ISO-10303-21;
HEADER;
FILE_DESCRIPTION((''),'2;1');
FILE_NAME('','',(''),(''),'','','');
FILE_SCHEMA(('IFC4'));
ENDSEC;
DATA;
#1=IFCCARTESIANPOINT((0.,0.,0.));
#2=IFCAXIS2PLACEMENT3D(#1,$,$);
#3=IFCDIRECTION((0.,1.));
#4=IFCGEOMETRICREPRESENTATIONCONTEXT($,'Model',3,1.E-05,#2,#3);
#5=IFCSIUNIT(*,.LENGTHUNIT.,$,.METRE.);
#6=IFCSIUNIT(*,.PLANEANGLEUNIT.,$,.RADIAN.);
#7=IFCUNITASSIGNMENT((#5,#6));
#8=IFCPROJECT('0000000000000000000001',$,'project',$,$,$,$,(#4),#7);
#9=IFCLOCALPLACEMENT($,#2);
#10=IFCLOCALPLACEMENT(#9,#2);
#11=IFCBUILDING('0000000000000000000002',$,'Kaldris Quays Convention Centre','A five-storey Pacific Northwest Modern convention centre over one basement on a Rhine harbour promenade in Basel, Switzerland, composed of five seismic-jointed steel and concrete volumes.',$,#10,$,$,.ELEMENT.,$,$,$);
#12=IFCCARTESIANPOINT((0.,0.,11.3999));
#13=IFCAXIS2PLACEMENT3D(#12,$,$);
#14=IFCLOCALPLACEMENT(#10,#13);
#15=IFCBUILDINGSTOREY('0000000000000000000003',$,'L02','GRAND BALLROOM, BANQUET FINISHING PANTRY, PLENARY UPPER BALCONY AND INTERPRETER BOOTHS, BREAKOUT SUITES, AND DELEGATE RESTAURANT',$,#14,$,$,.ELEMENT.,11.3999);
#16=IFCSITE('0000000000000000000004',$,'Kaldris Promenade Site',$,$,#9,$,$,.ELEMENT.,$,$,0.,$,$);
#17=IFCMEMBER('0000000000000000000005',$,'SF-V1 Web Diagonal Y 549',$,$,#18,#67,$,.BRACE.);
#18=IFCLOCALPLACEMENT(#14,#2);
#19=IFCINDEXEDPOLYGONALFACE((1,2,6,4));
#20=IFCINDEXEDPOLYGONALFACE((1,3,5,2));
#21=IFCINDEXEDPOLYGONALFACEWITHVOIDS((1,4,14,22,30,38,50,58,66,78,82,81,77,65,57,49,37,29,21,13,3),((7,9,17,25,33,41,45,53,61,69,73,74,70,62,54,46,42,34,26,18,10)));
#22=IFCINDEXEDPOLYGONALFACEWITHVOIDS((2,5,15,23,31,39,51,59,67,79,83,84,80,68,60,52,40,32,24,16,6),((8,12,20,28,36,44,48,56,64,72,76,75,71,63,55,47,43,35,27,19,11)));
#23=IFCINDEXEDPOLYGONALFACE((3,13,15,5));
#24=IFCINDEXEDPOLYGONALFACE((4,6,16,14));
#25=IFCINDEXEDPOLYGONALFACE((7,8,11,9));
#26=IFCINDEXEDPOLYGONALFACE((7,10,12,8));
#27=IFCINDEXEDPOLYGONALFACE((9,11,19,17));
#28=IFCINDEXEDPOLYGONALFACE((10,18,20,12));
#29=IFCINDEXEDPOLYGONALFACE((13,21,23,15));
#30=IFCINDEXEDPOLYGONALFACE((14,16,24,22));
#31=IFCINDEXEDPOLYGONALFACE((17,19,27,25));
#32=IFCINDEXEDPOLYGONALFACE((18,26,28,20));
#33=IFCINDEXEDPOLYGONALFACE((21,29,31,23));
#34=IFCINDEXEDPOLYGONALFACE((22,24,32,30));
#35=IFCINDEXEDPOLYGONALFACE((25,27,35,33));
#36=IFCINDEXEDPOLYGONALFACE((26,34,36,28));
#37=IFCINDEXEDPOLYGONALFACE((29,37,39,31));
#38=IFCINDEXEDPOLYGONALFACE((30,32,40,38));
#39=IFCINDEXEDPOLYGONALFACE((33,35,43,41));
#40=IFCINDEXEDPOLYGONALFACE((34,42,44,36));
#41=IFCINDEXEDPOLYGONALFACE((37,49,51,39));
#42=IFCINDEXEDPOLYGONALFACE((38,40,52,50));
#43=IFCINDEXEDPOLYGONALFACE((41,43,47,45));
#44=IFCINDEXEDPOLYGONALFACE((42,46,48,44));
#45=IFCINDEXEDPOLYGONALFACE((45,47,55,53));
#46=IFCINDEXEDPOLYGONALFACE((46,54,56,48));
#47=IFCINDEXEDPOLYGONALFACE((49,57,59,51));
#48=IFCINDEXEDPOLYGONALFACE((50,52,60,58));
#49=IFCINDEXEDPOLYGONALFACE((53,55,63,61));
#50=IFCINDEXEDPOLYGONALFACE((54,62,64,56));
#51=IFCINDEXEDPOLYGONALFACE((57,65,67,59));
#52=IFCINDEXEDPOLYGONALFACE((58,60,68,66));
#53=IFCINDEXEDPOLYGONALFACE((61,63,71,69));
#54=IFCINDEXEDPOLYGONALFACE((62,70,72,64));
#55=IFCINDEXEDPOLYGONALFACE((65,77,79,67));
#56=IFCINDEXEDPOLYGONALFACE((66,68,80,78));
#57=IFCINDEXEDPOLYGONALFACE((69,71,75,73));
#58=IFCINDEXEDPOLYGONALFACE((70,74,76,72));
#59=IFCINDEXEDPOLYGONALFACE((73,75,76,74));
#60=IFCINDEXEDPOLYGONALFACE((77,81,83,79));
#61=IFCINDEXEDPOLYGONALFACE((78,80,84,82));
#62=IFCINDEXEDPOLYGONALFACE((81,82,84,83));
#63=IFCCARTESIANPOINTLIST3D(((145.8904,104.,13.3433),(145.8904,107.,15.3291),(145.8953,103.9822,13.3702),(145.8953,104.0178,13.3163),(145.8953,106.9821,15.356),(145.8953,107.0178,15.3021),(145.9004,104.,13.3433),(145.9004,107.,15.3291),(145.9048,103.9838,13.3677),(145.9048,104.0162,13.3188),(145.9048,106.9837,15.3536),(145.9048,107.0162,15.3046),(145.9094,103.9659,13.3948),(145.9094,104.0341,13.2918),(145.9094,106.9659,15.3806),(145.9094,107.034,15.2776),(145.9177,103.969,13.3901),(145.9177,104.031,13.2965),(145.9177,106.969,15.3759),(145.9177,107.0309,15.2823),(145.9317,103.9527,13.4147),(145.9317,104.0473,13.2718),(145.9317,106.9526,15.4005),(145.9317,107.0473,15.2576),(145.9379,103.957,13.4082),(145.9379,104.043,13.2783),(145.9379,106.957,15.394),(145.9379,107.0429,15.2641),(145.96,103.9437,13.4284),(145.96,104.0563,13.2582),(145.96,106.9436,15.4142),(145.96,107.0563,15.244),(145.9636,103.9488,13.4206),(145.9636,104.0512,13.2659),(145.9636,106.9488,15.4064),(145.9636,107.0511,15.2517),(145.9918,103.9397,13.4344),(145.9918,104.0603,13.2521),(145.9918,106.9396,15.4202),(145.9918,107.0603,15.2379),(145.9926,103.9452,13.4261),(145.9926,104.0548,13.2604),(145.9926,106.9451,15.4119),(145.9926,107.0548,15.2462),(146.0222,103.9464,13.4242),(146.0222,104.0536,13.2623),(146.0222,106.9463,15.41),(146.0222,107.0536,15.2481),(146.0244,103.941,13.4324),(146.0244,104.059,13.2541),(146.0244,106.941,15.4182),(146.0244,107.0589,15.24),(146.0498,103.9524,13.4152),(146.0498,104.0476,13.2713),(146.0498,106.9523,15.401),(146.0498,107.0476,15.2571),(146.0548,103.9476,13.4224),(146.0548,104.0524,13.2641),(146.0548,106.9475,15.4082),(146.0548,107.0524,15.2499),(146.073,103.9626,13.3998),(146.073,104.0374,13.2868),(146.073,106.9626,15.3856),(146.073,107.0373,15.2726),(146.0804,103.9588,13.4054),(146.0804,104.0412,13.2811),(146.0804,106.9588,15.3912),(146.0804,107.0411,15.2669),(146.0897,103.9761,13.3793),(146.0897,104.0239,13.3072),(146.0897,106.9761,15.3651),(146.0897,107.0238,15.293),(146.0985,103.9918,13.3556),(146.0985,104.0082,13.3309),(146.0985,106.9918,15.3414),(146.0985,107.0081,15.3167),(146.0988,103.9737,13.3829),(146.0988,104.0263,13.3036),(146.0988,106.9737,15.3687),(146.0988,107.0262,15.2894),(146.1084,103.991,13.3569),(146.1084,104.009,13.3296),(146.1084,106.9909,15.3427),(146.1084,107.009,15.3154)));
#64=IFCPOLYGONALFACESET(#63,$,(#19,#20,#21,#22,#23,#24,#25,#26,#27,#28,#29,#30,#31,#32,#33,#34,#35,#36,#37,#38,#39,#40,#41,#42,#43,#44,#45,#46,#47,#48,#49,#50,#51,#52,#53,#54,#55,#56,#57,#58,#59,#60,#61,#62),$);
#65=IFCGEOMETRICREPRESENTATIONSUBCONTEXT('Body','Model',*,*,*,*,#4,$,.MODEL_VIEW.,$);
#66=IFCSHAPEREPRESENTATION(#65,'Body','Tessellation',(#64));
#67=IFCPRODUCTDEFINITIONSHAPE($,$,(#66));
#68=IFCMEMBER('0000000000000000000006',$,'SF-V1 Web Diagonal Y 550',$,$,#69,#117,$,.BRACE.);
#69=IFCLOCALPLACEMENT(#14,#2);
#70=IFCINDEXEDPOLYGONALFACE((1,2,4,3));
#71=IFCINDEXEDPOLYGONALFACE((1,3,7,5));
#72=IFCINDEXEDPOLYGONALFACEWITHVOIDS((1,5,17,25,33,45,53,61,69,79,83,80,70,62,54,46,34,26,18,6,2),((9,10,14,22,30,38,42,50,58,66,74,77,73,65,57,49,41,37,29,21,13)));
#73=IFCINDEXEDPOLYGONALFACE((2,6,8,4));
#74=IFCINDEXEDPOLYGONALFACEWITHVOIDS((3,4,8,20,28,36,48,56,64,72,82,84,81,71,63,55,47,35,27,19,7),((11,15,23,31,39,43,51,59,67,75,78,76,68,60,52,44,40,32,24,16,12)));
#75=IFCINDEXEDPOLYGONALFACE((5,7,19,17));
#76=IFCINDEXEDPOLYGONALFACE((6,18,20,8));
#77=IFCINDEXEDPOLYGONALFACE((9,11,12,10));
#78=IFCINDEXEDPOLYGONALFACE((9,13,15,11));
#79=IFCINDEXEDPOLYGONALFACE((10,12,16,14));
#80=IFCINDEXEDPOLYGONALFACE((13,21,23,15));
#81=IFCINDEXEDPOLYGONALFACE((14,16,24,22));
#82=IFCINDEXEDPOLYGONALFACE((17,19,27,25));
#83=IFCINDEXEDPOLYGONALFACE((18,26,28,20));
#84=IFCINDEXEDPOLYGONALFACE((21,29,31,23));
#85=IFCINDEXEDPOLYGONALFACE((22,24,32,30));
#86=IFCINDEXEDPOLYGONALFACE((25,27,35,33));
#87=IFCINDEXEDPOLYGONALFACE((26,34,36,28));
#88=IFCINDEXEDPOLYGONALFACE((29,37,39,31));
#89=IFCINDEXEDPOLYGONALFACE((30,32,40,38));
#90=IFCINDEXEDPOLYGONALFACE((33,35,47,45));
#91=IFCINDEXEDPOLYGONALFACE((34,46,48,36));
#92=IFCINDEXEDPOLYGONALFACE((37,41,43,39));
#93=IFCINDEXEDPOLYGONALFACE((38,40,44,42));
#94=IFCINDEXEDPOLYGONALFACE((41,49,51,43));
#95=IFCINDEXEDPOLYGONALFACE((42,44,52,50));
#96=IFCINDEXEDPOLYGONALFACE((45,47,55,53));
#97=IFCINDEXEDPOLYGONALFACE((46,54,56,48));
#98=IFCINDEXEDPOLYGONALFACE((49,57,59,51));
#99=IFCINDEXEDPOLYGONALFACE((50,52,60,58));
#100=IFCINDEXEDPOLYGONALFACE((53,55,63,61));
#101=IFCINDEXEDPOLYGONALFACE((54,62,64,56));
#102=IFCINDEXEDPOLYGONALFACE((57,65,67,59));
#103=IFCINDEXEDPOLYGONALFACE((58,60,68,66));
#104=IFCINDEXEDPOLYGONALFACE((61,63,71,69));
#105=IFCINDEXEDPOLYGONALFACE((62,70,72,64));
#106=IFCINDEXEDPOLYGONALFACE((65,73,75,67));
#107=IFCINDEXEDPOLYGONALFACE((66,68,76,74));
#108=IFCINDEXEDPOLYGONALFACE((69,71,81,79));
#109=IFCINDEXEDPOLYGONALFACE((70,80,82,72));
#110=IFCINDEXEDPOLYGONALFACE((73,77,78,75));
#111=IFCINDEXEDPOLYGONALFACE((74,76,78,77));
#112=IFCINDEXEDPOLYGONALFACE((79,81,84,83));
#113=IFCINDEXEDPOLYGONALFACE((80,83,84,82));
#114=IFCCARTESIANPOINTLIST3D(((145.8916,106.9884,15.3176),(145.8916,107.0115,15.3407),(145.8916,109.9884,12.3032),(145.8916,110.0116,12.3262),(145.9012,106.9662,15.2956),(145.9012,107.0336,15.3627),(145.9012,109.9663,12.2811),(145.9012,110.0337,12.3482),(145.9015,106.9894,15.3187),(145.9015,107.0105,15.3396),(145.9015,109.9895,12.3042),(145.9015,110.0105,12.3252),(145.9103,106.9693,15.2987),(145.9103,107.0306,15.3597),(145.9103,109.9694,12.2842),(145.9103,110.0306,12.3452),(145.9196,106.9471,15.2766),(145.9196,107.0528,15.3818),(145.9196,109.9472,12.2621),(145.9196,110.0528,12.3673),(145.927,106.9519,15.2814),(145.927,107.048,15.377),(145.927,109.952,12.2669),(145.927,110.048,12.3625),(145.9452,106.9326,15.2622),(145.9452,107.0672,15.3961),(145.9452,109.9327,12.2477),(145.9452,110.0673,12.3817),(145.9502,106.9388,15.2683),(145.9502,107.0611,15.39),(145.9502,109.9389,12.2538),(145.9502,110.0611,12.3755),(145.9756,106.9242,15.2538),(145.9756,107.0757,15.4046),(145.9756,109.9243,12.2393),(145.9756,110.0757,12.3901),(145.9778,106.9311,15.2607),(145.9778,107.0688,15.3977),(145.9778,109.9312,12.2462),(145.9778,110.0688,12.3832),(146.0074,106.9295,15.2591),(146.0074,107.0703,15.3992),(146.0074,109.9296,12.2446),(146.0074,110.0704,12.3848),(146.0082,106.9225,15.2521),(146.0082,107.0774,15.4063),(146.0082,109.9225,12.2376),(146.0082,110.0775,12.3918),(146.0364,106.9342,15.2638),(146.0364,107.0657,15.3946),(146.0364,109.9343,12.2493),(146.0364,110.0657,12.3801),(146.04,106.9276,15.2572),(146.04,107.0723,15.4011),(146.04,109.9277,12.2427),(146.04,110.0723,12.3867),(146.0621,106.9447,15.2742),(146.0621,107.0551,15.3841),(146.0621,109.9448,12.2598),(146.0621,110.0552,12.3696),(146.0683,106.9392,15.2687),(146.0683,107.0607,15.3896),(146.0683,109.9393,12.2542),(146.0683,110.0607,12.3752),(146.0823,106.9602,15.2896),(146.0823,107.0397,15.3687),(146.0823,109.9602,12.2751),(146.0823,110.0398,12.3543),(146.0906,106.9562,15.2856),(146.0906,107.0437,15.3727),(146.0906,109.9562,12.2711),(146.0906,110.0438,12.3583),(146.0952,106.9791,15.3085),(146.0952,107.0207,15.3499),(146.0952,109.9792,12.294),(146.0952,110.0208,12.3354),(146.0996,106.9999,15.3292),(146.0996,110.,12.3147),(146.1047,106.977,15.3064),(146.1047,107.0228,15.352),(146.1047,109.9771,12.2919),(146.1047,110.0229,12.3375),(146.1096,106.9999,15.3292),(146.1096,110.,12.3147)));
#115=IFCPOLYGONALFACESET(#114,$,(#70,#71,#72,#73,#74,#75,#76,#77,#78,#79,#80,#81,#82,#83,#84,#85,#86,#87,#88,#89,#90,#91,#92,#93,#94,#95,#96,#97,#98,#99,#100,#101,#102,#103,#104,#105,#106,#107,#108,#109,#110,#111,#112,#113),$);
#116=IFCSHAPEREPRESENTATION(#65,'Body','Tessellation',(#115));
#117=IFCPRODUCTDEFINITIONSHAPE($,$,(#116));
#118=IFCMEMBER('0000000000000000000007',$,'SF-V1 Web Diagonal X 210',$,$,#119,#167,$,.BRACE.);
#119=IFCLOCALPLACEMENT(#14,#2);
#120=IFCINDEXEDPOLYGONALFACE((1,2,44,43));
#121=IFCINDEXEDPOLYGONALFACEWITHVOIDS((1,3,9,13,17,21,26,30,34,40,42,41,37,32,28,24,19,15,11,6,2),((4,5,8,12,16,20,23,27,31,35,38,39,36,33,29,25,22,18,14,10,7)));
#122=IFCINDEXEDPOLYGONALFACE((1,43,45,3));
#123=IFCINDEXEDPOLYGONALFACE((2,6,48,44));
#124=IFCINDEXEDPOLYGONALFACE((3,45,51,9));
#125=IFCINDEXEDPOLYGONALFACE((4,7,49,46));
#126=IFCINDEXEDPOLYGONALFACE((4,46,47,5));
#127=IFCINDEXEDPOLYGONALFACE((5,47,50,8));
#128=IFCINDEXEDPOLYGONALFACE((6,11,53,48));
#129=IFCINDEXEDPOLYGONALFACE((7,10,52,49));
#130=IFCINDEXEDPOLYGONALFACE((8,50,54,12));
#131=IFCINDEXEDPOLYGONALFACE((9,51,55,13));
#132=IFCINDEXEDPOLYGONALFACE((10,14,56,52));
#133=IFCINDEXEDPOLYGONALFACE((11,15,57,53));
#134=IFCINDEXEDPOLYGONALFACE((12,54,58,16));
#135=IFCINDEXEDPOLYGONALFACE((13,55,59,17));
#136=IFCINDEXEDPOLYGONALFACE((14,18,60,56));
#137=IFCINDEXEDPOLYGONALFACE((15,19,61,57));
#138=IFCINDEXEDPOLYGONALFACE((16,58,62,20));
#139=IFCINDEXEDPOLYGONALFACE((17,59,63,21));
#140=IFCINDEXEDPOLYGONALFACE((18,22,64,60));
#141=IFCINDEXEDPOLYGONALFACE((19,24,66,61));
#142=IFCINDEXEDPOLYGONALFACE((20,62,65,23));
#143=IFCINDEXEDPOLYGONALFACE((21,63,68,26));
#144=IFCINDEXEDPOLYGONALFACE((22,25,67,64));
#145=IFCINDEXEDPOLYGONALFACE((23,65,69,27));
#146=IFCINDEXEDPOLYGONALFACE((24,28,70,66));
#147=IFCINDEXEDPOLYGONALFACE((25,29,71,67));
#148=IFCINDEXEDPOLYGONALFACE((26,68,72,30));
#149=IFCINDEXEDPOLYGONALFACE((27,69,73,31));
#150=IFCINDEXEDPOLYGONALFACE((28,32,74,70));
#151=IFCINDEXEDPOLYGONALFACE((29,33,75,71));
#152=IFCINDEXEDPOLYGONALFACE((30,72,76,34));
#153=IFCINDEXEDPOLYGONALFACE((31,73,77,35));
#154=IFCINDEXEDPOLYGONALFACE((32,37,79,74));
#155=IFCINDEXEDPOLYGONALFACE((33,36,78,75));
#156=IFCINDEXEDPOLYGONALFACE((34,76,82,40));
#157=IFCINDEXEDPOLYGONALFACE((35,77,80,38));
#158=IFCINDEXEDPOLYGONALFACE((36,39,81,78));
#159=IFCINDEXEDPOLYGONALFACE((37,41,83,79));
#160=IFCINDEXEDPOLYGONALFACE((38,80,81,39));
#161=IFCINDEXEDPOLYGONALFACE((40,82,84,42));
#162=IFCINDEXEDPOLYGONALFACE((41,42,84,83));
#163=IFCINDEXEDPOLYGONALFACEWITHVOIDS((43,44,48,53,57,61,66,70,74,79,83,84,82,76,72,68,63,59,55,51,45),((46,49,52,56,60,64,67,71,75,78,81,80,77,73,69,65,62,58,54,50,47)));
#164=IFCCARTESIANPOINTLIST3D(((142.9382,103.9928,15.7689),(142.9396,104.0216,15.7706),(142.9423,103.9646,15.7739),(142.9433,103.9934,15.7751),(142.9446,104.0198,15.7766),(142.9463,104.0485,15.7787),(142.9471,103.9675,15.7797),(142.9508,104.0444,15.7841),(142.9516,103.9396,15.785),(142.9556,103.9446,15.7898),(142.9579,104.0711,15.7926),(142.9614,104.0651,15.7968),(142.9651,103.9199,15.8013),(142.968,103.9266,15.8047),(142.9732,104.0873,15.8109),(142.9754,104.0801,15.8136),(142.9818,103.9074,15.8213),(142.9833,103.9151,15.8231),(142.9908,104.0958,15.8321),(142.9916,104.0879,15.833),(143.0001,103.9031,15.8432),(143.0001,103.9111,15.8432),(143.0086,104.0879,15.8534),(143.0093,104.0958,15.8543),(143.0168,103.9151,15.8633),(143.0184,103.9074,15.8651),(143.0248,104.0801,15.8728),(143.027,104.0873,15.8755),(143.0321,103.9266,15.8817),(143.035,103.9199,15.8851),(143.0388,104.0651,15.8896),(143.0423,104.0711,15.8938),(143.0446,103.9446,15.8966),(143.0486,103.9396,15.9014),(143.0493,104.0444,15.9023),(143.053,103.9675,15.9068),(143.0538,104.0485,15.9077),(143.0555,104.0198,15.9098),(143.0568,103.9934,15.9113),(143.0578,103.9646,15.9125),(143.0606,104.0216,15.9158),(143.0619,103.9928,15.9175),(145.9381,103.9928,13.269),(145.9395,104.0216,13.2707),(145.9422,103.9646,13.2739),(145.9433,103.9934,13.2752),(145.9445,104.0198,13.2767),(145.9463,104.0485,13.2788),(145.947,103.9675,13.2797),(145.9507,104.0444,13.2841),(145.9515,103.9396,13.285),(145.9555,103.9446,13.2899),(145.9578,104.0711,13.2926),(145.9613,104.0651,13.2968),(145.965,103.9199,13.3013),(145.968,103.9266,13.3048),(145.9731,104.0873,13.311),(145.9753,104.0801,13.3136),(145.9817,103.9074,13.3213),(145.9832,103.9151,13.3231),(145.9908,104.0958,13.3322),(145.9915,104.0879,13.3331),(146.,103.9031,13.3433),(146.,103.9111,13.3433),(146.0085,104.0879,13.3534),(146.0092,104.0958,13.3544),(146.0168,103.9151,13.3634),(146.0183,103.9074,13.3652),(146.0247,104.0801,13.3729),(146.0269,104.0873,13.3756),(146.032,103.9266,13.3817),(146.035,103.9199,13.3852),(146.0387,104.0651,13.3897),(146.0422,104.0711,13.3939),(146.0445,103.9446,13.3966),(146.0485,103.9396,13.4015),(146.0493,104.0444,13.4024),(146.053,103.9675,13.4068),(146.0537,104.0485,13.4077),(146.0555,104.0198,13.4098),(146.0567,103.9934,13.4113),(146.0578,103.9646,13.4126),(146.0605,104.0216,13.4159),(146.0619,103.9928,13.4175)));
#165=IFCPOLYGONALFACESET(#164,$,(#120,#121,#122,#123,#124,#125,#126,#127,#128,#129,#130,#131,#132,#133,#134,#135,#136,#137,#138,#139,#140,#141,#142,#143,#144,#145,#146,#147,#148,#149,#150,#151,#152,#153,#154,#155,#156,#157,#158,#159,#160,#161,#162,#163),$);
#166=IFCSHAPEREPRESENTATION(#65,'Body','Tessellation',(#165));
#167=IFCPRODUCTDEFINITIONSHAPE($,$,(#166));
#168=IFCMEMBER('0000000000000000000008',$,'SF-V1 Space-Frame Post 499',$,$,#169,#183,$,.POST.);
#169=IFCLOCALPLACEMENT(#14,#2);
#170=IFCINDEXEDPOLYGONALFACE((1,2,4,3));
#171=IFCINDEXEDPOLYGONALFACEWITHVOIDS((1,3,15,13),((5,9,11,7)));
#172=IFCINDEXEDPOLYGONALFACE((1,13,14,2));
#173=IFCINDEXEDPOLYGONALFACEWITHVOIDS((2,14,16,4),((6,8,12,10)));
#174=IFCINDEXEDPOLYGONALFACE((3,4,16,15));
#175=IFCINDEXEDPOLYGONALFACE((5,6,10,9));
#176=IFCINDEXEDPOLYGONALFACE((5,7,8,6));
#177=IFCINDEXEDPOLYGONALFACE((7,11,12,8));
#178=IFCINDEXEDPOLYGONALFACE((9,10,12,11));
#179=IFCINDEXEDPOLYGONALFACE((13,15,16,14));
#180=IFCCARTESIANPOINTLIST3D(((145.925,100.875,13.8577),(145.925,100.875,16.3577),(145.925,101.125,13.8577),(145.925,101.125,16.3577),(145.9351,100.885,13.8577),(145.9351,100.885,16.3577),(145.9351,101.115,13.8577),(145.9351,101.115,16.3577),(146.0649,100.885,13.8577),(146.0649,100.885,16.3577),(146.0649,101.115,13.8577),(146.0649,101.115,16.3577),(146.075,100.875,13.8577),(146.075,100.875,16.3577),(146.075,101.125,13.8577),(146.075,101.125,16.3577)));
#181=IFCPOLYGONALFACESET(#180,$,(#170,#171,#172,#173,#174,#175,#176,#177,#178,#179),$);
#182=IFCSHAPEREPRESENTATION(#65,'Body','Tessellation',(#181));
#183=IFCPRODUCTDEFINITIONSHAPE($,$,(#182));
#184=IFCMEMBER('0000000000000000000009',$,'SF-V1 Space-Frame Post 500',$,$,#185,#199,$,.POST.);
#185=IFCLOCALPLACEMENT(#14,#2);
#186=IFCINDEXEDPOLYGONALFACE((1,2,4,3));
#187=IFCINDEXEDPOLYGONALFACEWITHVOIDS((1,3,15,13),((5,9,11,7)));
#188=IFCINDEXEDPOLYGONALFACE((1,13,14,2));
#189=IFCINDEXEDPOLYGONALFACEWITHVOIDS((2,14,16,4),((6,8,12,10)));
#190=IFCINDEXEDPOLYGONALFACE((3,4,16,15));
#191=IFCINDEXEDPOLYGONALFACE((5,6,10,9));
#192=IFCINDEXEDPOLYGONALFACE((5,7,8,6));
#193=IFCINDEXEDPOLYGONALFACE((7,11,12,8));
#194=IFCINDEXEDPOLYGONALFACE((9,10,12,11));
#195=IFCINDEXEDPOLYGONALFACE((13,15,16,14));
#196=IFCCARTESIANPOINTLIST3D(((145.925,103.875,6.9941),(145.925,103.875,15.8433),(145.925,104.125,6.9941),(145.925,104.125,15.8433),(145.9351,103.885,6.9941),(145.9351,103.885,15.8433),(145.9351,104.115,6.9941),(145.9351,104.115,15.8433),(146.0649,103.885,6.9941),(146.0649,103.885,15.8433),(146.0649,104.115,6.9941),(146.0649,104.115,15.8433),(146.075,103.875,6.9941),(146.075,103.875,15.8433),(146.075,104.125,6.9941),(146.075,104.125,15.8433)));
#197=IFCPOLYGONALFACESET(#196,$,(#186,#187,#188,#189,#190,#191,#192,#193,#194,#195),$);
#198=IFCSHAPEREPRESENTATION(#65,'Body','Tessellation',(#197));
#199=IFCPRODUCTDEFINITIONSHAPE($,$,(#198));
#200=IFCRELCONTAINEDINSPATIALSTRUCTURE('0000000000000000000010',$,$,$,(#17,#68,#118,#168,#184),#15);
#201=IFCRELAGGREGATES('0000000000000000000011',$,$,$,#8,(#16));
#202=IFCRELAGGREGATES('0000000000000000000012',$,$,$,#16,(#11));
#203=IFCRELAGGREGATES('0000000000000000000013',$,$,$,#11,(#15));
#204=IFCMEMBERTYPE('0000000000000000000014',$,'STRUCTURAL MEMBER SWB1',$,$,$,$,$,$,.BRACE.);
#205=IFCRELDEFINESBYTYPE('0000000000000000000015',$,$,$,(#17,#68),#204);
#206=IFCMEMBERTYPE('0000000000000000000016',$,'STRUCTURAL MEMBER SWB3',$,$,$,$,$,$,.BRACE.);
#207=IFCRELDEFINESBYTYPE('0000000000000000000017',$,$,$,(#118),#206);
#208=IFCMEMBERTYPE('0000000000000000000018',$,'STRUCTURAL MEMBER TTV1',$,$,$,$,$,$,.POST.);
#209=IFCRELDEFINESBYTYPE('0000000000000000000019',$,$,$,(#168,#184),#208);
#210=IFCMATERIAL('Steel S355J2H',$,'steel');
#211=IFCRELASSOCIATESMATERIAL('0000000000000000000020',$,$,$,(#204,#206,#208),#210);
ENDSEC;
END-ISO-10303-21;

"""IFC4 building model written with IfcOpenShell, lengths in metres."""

from ifc_helpers import new_model, si_unit, direction, frame, origin, origin_2d, place, context, subcontext, project, spatial, hollow_rectangle, hollow_circle, extrude, material, material_profile, profile_set, type_object, element, save


model = new_model("IFC4")

# Units and contexts
model_context = context("Model", 3, precision=1e-05, world=origin(), true_north=direction((0.0, 1.0)))
body_context = subcontext(model_context, "Body", "Model", "MODEL_VIEW")
ifc_project = project(units=[si_unit("LENGTHUNIT", "METRE"), si_unit("PLANEANGLEUNIT", "RADIAN")], contexts=[model_context])

# Site, building, storey
site_placement = place(None, origin())
site = spatial("IfcSite", under=ifc_project, at=site_placement, Name="Kaldris Promenade Site", CompositionType="ELEMENT", RefElevation=0.0)
building_placement = place(site_placement, origin())
building = spatial("IfcBuilding", under=site, at=building_placement, Name="Kaldris Quays Convention Centre", Description="A five-storey Pacific Northwest Modern convention centre over one basement on a Rhine harbour promenade in Basel, Switzerland, composed of five seismic-jointed steel and concrete volumes.", CompositionType="ELEMENT")
storey_placement = place(building_placement, frame((0.0, 0.0, 11.3999)))
storey = spatial("IfcBuildingStorey", under=building, at=storey_placement, Name="L02", Description="GRAND BALLROOM, BANQUET FINISHING PANTRY, PLENARY UPPER BALCONY AND INTERPRETER BOOTHS, BREAKOUT SUITES, AND DELEGATE RESTAURANT", CompositionType="ELEMENT", Elevation=11.3999)

# Members
ifc_material_1 = material(Name="Steel S355J2H", Category="steel")
ifc_material_profile_1 = material_profile(ifc_material_1, hollow_circle(Radius=0.1096, WallThickness=0.01, at=origin_2d()), Name="CHS 219.1x10")
ifc_profile_set_1 = profile_set([ifc_material_profile_1], Name="Steel S355J2H")
member_type_1 = type_object("IfcMemberType", Name="STRUCTURAL MEMBER SWB1", PredefinedType="BRACE", material=ifc_profile_set_1)
member_1_placement = place(storey_placement, frame((146.0, 104.0, 13.3433), z_axis=(0.0, 0.833862, 0.551972), x_axis=(-1.0, 0.0, 0.0)))
element("IfcMember", 1, at=member_1_placement, inside=storey, type_object=member_type_1, Name="SF-V1 Web Diagonal Y 549", PredefinedType="BRACE", context=body_context, shape_type="SweptSolid", body=[
    extrude(hollow_circle(Radius=0.1096, WallThickness=0.01, at=origin_2d()), origin(), (0.0, 0.0, 1.0), 3.5977),
])
member_2_placement = place(storey_placement, frame((146.0, 110.0, 12.3147), z_axis=(0.0, -0.705411, 0.708798), x_axis=(1.0, 0.0, 0.0)))
element("IfcMember", 2, at=member_2_placement, inside=storey, type_object=member_type_1, Name="SF-V1 Web Diagonal Y 550", PredefinedType="BRACE", context=body_context, shape_type="SweptSolid", body=[
    extrude(hollow_circle(Radius=0.1096, WallThickness=0.01, at=origin_2d()), origin(), (0.0, 0.0, 1.0), 4.2529),
])
ifc_material_profile_2 = material_profile(ifc_material_1, hollow_circle(Radius=0.0969, WallThickness=0.0081, at=origin_2d()), Name="CHS 193.7x8")
ifc_profile_set_2 = profile_set([ifc_material_profile_2], Name="Steel S355J2H")
member_type_2 = type_object("IfcMemberType", Name="STRUCTURAL MEMBER SWB3", PredefinedType="BRACE", material=ifc_profile_set_2)
member_3_placement = place(storey_placement, frame((146.0, 104.0, 13.3433), z_axis=(-0.768221, 0.0, 0.640184), x_axis=(0.0, -1.0, 0.0)))
element("IfcMember", 3, at=member_3_placement, inside=storey, type_object=member_type_2, Name="SF-V1 Web Diagonal X 210", PredefinedType="BRACE", context=body_context, shape_type="SweptSolid", body=[
    extrude(hollow_circle(Radius=0.0969, WallThickness=0.0081, at=origin_2d()), origin(), (0.0, 0.0, 1.0), 3.905),
])
ifc_material_profile_3 = material_profile(ifc_material_1, hollow_rectangle(XDim=0.1499, YDim=0.25, WallThickness=0.01, at=origin_2d()), Name="RHS 250x150x10")
ifc_profile_set_3 = profile_set([ifc_material_profile_3], Name="Steel S355J2H")
member_type_3 = type_object("IfcMemberType", Name="STRUCTURAL MEMBER TTV1", PredefinedType="POST", material=ifc_profile_set_3)
member_4_placement = place(storey_placement, frame((146.0, 101.0, 13.8577), z_axis=(0.0, 0.0, 1.0), x_axis=(1.0, 0.0, 0.0)))
element("IfcMember", 4, at=member_4_placement, inside=storey, type_object=member_type_3, Name="SF-V1 Space-Frame Post 499", PredefinedType="POST", context=body_context, shape_type="SweptSolid", body=[
    extrude(hollow_rectangle(XDim=0.1499, YDim=0.25, WallThickness=0.01, at=origin_2d()), origin(), (0.0, 0.0, 1.0), 2.5),
])
member_5_placement = place(storey_placement, frame((146.0, 104.0, 6.9941), z_axis=(0.0, 0.0, 1.0), x_axis=(1.0, 0.0, 0.0)))
element("IfcMember", 5, at=member_5_placement, inside=storey, type_object=member_type_3, Name="SF-V1 Space-Frame Post 500", PredefinedType="POST", context=body_context, shape_type="SweptSolid", body=[
    extrude(hollow_rectangle(XDim=0.1499, YDim=0.25, WallThickness=0.01, at=origin_2d()), origin(), (0.0, 0.0, 1.0), 8.8491),
])

save(model, "model.ifc")
